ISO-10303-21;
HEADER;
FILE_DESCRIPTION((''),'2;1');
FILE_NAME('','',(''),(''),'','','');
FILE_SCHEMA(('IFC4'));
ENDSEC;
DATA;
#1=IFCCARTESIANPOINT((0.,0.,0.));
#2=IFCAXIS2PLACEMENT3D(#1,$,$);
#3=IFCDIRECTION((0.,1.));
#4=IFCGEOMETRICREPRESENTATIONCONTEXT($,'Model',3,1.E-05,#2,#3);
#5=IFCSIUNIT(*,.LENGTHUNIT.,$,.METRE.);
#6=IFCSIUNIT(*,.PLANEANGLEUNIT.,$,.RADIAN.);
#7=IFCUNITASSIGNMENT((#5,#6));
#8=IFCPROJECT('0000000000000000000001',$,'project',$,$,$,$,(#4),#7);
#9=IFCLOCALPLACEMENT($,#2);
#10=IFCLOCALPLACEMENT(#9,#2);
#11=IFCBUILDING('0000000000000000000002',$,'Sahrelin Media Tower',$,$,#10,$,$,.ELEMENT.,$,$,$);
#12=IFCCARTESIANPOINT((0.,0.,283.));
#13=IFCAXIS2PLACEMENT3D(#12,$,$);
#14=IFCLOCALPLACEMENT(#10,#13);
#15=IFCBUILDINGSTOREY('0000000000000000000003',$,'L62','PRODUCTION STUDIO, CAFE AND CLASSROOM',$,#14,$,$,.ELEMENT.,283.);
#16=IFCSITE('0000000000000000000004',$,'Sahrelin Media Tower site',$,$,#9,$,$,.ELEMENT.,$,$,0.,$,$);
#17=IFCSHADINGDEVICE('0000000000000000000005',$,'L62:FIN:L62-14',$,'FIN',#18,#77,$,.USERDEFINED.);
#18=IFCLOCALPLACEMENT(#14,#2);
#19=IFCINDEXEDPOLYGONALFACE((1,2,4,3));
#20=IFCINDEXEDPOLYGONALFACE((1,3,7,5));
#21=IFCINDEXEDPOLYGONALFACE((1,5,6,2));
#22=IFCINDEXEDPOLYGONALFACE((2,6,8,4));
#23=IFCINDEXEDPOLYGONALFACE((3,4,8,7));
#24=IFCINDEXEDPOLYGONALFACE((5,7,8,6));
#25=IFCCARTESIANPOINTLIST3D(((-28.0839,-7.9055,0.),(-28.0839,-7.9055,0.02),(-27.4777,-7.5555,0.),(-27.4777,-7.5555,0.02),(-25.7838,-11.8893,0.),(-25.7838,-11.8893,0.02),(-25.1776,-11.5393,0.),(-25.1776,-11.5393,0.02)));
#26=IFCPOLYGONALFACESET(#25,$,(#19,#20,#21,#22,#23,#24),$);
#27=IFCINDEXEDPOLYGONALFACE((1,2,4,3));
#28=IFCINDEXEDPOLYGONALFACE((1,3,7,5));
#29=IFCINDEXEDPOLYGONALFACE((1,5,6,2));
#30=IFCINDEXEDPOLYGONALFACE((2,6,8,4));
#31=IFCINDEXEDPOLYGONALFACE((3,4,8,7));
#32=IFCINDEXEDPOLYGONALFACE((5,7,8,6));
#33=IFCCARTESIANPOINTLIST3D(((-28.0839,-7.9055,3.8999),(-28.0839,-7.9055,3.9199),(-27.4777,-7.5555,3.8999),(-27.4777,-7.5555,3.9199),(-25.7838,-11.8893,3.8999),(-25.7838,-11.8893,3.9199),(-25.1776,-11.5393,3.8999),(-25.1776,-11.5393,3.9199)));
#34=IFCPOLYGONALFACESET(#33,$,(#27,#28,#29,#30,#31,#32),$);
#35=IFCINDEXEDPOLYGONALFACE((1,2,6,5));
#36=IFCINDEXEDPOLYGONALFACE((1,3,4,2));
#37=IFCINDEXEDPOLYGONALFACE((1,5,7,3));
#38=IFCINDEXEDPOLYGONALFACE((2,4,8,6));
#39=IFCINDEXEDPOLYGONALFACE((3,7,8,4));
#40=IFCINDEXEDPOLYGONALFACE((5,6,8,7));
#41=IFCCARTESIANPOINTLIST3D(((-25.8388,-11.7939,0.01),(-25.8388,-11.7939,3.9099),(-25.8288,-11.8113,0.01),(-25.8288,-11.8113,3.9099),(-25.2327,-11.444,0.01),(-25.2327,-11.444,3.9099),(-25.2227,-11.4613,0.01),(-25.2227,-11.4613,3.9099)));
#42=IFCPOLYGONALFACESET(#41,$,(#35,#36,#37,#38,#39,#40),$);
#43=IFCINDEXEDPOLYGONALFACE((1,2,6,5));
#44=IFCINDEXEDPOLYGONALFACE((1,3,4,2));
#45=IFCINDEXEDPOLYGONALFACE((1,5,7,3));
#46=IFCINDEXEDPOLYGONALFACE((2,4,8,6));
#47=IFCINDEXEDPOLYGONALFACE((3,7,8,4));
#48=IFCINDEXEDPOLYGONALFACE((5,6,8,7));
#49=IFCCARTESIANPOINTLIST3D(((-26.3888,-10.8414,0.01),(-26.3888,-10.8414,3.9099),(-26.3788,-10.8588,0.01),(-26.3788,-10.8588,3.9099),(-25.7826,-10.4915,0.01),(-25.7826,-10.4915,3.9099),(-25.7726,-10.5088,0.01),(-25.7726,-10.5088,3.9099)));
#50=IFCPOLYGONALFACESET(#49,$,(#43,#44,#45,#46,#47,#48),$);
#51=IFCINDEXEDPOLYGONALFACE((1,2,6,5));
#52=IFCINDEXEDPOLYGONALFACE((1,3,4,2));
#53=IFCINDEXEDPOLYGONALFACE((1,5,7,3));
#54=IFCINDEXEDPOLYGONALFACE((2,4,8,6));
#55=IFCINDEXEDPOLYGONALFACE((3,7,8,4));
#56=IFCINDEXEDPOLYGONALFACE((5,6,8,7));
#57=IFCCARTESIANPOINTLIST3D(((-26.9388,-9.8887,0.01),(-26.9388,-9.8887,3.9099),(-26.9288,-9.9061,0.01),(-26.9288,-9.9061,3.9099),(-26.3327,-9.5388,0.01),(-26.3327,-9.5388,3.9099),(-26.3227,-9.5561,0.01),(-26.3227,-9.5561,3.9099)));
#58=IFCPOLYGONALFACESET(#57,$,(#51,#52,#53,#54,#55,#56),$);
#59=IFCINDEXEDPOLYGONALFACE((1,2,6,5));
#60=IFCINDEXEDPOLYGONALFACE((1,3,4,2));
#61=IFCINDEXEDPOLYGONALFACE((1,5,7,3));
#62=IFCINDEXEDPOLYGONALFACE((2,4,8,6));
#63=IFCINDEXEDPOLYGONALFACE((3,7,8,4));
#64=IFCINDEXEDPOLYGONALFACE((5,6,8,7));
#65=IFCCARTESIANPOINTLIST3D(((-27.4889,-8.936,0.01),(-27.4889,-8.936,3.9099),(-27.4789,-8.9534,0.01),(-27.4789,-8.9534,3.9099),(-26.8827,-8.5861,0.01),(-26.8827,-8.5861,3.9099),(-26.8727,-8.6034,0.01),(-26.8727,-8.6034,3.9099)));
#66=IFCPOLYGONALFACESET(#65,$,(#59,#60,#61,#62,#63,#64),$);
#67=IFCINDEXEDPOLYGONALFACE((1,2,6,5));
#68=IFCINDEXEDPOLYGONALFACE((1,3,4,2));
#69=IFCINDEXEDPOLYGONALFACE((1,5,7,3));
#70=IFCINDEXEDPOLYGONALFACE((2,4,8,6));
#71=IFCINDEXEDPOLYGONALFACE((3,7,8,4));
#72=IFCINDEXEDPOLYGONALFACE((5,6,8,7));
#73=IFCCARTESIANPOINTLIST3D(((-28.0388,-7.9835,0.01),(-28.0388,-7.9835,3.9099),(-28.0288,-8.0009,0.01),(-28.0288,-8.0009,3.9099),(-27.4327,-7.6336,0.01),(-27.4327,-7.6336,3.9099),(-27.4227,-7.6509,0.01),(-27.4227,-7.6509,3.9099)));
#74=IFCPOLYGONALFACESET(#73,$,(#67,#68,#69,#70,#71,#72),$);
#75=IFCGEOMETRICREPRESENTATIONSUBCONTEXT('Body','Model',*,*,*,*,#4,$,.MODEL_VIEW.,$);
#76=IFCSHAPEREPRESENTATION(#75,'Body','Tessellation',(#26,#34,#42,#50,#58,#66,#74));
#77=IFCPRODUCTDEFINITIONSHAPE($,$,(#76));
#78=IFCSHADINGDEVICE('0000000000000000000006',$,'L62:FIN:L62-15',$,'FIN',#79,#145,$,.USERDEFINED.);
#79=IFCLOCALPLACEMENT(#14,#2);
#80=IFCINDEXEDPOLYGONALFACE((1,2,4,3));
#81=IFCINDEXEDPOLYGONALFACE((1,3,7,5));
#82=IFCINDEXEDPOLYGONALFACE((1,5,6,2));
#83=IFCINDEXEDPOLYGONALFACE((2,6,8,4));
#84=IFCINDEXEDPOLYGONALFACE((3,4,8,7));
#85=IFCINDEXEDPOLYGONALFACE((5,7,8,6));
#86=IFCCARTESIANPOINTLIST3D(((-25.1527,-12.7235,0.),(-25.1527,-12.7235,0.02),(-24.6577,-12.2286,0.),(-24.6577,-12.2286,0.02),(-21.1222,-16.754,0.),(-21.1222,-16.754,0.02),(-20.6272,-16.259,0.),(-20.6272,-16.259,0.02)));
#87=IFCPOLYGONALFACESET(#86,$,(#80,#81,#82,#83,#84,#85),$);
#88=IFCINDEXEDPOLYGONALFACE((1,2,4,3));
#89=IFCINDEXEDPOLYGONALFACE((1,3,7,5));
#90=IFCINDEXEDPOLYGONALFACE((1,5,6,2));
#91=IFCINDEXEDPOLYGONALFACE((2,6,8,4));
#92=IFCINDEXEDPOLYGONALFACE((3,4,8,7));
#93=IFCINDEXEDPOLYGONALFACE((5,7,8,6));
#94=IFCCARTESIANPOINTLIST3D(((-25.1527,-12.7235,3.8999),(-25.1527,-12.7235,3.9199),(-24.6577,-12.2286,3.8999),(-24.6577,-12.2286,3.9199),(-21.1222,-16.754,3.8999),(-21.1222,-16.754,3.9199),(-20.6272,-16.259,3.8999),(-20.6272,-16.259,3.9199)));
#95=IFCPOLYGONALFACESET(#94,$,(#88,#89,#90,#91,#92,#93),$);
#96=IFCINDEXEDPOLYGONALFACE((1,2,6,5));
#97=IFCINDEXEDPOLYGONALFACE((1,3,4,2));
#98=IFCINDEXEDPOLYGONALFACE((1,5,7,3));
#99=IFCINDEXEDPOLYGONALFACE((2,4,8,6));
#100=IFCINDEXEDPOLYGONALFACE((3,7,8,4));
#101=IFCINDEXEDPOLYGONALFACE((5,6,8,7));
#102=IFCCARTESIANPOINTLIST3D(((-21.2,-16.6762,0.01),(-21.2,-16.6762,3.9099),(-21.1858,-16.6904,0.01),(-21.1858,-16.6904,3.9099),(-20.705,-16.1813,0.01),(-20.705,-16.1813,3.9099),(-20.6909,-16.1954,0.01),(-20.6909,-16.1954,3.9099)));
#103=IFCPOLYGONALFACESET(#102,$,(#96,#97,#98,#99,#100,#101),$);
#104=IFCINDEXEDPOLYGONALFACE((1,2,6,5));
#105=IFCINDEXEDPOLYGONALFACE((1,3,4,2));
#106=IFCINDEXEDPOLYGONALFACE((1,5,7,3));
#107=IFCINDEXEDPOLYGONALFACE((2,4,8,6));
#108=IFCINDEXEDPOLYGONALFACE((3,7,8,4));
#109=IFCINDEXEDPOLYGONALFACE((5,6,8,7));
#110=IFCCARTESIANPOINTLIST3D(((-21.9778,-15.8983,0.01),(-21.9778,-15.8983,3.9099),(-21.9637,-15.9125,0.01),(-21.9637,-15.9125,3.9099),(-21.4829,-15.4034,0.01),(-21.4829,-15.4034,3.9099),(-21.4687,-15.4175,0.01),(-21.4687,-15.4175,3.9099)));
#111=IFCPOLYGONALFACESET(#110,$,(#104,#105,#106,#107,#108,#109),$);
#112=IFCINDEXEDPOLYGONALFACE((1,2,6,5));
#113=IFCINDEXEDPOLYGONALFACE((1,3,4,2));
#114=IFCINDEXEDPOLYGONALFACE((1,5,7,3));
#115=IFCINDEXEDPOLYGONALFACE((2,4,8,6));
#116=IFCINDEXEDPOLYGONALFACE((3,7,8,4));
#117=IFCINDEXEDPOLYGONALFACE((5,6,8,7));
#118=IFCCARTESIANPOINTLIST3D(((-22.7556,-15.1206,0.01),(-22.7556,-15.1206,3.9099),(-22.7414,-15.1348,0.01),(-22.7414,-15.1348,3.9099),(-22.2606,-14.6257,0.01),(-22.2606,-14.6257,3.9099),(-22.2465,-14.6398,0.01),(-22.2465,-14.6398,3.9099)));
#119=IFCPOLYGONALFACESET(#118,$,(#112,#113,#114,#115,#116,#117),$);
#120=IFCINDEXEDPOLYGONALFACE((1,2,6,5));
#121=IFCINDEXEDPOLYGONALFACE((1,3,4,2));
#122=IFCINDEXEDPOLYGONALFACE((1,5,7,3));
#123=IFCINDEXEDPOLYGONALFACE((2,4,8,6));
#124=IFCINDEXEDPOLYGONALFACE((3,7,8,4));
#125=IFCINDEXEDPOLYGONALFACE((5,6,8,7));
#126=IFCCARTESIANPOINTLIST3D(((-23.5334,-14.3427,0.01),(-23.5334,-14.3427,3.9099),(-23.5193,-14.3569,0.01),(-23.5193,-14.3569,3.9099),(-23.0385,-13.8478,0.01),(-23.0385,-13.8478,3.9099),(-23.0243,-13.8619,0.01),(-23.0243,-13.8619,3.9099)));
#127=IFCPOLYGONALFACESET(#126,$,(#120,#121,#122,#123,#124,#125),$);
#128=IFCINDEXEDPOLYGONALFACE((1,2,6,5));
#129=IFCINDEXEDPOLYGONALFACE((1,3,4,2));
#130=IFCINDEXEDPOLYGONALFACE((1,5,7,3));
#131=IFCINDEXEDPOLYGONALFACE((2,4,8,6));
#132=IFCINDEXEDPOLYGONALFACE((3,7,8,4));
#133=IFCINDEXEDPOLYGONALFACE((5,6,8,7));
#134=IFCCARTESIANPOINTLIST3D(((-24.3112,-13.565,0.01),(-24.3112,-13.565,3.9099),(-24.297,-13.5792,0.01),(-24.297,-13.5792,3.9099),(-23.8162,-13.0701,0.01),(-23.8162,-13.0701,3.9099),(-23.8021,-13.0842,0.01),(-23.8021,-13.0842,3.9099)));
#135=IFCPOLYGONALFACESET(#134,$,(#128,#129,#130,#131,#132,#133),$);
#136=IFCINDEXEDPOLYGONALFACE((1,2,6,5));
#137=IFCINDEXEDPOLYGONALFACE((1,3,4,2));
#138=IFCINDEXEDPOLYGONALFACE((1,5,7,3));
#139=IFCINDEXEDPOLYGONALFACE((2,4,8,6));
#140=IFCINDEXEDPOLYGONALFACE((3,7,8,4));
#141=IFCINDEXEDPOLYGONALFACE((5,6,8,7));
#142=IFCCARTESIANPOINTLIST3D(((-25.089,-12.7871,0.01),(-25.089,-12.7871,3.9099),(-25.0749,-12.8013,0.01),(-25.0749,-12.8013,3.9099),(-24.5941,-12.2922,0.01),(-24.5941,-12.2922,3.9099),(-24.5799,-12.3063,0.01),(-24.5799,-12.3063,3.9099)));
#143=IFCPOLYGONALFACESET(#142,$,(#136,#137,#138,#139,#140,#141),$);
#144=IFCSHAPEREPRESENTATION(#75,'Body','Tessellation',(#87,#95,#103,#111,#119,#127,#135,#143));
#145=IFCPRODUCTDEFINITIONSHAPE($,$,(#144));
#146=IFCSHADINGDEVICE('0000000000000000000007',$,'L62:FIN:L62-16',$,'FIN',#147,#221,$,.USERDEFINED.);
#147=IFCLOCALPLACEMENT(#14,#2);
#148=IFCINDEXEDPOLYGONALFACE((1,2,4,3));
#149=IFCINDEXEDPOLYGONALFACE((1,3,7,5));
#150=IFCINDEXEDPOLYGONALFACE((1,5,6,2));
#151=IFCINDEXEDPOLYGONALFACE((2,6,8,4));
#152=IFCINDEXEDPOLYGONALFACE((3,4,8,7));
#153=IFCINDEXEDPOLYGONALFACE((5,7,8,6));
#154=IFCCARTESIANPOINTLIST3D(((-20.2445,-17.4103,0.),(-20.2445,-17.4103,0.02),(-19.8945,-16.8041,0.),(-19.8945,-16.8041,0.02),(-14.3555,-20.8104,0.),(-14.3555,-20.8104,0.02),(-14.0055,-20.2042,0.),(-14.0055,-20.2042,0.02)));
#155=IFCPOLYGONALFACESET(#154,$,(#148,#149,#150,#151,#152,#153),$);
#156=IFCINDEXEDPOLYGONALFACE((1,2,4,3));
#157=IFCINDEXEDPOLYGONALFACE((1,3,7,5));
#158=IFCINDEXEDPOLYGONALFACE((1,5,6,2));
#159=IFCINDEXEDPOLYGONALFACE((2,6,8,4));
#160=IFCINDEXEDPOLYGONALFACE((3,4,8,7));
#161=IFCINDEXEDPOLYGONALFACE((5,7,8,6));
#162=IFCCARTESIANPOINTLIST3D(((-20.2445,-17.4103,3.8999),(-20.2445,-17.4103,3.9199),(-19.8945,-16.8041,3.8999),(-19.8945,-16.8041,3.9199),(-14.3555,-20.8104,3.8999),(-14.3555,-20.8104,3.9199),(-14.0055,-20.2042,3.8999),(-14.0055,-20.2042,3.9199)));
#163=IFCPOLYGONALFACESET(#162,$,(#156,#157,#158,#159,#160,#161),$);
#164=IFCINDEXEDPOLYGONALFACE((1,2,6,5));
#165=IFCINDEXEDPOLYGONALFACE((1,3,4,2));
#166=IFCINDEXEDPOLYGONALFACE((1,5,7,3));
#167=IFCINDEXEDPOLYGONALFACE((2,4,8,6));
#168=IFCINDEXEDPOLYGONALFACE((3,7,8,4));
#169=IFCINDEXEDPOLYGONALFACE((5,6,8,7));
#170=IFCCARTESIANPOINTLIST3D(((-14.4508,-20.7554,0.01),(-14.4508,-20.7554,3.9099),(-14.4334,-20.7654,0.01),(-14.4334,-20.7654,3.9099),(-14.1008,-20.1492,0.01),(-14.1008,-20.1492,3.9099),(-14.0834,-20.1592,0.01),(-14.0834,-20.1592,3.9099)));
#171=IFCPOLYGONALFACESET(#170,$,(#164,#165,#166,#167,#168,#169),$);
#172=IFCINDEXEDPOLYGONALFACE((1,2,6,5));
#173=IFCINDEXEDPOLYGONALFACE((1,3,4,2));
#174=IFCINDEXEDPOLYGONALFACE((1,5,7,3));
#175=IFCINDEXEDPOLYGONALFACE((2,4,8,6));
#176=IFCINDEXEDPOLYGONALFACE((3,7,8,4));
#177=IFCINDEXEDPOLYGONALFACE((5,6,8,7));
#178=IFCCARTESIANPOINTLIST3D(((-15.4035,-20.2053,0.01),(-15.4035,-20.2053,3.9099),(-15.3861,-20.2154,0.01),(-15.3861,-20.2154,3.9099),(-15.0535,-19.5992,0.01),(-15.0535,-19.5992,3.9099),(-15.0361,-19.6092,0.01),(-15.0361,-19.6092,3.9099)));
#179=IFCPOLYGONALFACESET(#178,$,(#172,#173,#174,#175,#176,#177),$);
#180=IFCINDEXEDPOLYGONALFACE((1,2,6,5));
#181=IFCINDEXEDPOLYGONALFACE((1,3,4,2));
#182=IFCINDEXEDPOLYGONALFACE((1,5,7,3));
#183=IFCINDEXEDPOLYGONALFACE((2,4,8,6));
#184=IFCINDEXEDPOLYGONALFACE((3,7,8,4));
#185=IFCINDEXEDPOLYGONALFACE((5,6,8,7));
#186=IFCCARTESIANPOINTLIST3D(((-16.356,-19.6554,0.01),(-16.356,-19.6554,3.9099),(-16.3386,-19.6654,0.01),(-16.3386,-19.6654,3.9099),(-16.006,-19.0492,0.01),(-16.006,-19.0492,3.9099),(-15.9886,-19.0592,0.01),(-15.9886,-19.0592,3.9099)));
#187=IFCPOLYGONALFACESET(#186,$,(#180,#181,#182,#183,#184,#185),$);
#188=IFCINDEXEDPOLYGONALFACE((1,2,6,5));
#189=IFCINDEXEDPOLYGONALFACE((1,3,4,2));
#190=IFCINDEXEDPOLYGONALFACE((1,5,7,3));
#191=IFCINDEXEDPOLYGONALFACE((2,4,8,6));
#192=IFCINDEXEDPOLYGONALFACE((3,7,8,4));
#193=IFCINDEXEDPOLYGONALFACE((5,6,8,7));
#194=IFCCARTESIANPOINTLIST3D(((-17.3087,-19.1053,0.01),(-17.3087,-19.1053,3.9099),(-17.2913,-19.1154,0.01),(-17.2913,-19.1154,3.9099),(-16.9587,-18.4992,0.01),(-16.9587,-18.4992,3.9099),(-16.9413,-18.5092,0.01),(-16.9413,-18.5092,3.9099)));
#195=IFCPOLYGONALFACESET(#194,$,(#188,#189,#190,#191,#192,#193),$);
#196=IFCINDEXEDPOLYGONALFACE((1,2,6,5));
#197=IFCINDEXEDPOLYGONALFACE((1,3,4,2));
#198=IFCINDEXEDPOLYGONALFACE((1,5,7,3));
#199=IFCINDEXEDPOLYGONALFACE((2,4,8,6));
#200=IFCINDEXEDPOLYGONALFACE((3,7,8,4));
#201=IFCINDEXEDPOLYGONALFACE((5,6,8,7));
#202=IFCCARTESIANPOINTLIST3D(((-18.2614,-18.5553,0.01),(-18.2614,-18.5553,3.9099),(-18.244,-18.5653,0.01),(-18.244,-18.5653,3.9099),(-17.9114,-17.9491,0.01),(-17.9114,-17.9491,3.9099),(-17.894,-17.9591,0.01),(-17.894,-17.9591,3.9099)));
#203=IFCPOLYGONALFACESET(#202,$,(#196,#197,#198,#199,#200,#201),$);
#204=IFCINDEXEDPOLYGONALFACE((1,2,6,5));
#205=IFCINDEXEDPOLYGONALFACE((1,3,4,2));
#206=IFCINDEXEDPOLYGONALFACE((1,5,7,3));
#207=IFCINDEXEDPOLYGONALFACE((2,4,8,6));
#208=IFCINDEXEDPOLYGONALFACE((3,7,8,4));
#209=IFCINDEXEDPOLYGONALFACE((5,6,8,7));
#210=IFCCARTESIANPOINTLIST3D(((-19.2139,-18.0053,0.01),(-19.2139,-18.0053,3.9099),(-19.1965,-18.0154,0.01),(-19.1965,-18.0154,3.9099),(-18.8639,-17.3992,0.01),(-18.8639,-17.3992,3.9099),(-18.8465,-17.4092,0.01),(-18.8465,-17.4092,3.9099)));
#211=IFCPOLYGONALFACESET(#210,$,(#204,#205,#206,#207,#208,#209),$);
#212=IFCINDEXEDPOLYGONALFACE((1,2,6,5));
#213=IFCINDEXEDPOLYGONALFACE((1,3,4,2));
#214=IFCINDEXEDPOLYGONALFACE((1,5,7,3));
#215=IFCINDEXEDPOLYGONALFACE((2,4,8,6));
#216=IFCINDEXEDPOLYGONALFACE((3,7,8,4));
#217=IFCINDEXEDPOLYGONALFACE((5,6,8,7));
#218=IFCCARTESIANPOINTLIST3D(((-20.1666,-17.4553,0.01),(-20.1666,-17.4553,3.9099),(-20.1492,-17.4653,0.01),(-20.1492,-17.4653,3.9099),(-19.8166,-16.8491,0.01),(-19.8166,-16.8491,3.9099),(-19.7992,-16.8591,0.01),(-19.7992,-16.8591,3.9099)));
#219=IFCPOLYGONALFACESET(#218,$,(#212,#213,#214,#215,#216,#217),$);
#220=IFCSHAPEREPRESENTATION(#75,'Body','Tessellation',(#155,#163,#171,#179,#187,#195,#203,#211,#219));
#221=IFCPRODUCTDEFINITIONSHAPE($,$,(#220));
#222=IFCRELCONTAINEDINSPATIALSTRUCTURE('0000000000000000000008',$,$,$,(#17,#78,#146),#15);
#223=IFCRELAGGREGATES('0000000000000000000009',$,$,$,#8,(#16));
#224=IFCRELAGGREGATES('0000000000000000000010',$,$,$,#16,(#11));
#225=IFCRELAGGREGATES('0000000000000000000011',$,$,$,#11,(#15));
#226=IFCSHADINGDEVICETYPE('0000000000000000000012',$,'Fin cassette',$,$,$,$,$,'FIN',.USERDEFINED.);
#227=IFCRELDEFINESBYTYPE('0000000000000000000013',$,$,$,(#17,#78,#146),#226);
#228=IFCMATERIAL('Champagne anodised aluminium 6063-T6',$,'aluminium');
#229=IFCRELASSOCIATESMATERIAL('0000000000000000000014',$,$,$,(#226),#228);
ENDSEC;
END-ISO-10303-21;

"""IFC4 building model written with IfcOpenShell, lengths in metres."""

from ifc_helpers import new_model, si_unit, direction, frame, origin, origin_2d, place, context, subcontext, project, spatial, rectangle, extrude, material, type_object, element, save


model = new_model("IFC4")

# Units and contexts
model_context = context("Model", 3, precision=1e-05, world=origin(), true_north=direction((0.0, 1.0)))
body_context = subcontext(model_context, "Body", "Model", "MODEL_VIEW")
ifc_project = project(units=[si_unit("LENGTHUNIT", "METRE"), si_unit("PLANEANGLEUNIT", "RADIAN")], contexts=[model_context])

# Site, building, storey
site_placement = place(None, origin())
site = spatial("IfcSite", under=ifc_project, at=site_placement, Name="Sahrelin Media Tower site", CompositionType="ELEMENT", RefElevation=0.0)
building_placement = place(site_placement, origin())
building = spatial("IfcBuilding", under=site, at=building_placement, Name="Sahrelin Media Tower", CompositionType="ELEMENT")
storey_placement = place(building_placement, frame((0.0, 0.0, 283.0)))
storey = spatial("IfcBuildingStorey", under=building, at=storey_placement, Name="L62", Description="PRODUCTION STUDIO, CAFE AND CLASSROOM", CompositionType="ELEMENT", Elevation=283.0)

# Shared definitions
ifc_material_1 = material(Name="Champagne anodised aluminium 6063-T6", Category="aluminium")

# Shading devices
shading_device_type_1 = type_object("IfcShadingDeviceType", Name="Fin cassette", ElementType="FIN", PredefinedType="USERDEFINED", material=ifc_material_1)
placement_1 = place(storey_placement, frame((-26.2671, -9.5125, 0.0), z_axis=(0.0, 0.0, 1.0), x_axis=(-0.500011, 0.866019, 0.0)))
element("IfcShadingDevice", 1, at=placement_1, inside=storey, type_object=shading_device_type_1, Name="L62:FIN:L62-14", ObjectType="FIN", PredefinedType="USERDEFINED", context=body_context, shape_type="SweptSolid", body=[
    extrude(rectangle(XDim=4.6001, YDim=0.7, at=origin_2d()), frame((0.0, 0.4199, 0.0)), (0.0, 0.0, 1.0), 0.02),
    extrude(rectangle(XDim=4.6001, YDim=0.7, at=origin_2d()), frame((0.0, 0.4199, 3.8999)), (0.0, 0.0, 1.0), 0.02),
    extrude(rectangle(XDim=0.02, YDim=0.7, at=origin_2d()), frame((-2.2, 0.4199, 0.01), z_axis=(0.0, 0.0, 1.0), x_axis=(1.0, 0.0, 0.0)), (0.0, 0.0, 1.0), 3.8999),
    extrude(rectangle(XDim=0.02, YDim=0.7, at=origin_2d()), frame((-1.1001, 0.4199, 0.01), z_axis=(0.0, 0.0, 1.0), x_axis=(1.0, 0.0, 0.0)), (0.0, 0.0, 1.0), 3.8999),
    extrude(rectangle(XDim=0.02, YDim=0.7, at=origin_2d()), frame((0.0, 0.4199, 0.01), z_axis=(0.0, 0.0, 1.0), x_axis=(1.0, 0.0, 0.0)), (0.0, 0.0, 1.0), 3.8999),
    extrude(rectangle(XDim=0.02, YDim=0.7, at=origin_2d()), frame((1.1001, 0.4199, 0.01), z_axis=(0.0, 0.0, 1.0), x_axis=(1.0, 0.0, 0.0)), (0.0, 0.0, 1.0), 3.8999),
    extrude(rectangle(XDim=0.02, YDim=0.7, at=origin_2d()), frame((2.2, 0.4199, 0.01), z_axis=(0.0, 0.0, 1.0), x_axis=(1.0, 0.0, 0.0)), (0.0, 0.0, 1.0), 3.8999),
])
placement_2 = place(storey_placement, frame((-22.593, -14.1943, 0.0), z_axis=(0.0, 0.0, 1.0), x_axis=(-0.707107, 0.707107, 0.0)))
element("IfcShadingDevice", 2, at=placement_2, inside=storey, type_object=shading_device_type_1, Name="L62:FIN:L62-15", ObjectType="FIN", PredefinedType="USERDEFINED", context=body_context, shape_type="SweptSolid", body=[
    extrude(rectangle(XDim=5.7, YDim=0.7, at=origin_2d()), frame((0.0, 0.4199, 0.0)), (0.0, 0.0, 1.0), 0.02),
    extrude(rectangle(XDim=5.7, YDim=0.7, at=origin_2d()), frame((0.0, 0.4199, 3.8999)), (0.0, 0.0, 1.0), 0.02),
    extrude(rectangle(XDim=0.02, YDim=0.7, at=origin_2d()), frame((-2.75, 0.4199, 0.01), z_axis=(0.0, 0.0, 1.0), x_axis=(1.0, 0.0, 0.0)), (0.0, 0.0, 1.0), 3.8999),
    extrude(rectangle(XDim=0.02, YDim=0.7, at=origin_2d()), frame((-1.6499, 0.4199, 0.01), z_axis=(0.0, 0.0, 1.0), x_axis=(1.0, 0.0, 0.0)), (0.0, 0.0, 1.0), 3.8999),
    extrude(rectangle(XDim=0.02, YDim=0.7, at=origin_2d()), frame((-0.55, 0.4199, 0.01), z_axis=(0.0, 0.0, 1.0), x_axis=(1.0, 0.0, 0.0)), (0.0, 0.0, 1.0), 3.8999),
    extrude(rectangle(XDim=0.02, YDim=0.7, at=origin_2d()), frame((0.55, 0.4199, 0.01), z_axis=(0.0, 0.0, 1.0), x_axis=(1.0, 0.0, 0.0)), (0.0, 0.0, 1.0), 3.8999),
    extrude(rectangle(XDim=0.02, YDim=0.7, at=origin_2d()), frame((1.6499, 0.4199, 0.01), z_axis=(0.0, 0.0, 1.0), x_axis=(1.0, 0.0, 0.0)), (0.0, 0.0, 1.0), 3.8999),
    extrude(rectangle(XDim=0.02, YDim=0.7, at=origin_2d()), frame((2.75, 0.4199, 0.01), z_axis=(0.0, 0.0, 1.0), x_axis=(1.0, 0.0, 0.0)), (0.0, 0.0, 1.0), 3.8999),
])
placement_3 = place(storey_placement, frame((-16.915, -18.4436, 0.0), z_axis=(0.0, 0.0, 1.0), x_axis=(-0.866019, 0.500011, 0.0)))
element("IfcShadingDevice", 3, at=placement_3, inside=storey, type_object=shading_device_type_1, Name="L62:FIN:L62-16", ObjectType="FIN", PredefinedType="USERDEFINED", context=body_context, shape_type="SweptSolid", body=[
    extrude(rectangle(XDim=6.8, YDim=0.7, at=origin_2d()), frame((0.0, 0.4199, 0.0)), (0.0, 0.0, 1.0), 0.02),
    extrude(rectangle(XDim=6.8, YDim=0.7, at=origin_2d()), frame((0.0, 0.4199, 3.8999)), (0.0, 0.0, 1.0), 0.02),
    extrude(rectangle(XDim=0.02, YDim=0.7, at=origin_2d()), frame((-3.3, 0.4199, 0.01), z_axis=(0.0, 0.0, 1.0), x_axis=(1.0, 0.0, 0.0)), (0.0, 0.0, 1.0), 3.8999),
    extrude(rectangle(XDim=0.02, YDim=0.7, at=origin_2d()), frame((-2.2, 0.4199, 0.01), z_axis=(0.0, 0.0, 1.0), x_axis=(1.0, 0.0, 0.0)), (0.0, 0.0, 1.0), 3.8999),
    extrude(rectangle(XDim=0.02, YDim=0.7, at=origin_2d()), frame((-1.1001, 0.4199, 0.01), z_axis=(0.0, 0.0, 1.0), x_axis=(1.0, 0.0, 0.0)), (0.0, 0.0, 1.0), 3.8999),
    extrude(rectangle(XDim=0.02, YDim=0.7, at=origin_2d()), frame((0.0, 0.4199, 0.01), z_axis=(0.0, 0.0, 1.0), x_axis=(1.0, 0.0, 0.0)), (0.0, 0.0, 1.0), 3.8999),
    extrude(rectangle(XDim=0.02, YDim=0.7, at=origin_2d()), frame((1.1001, 0.4199, 0.01), z_axis=(0.0, 0.0, 1.0), x_axis=(1.0, 0.0, 0.0)), (0.0, 0.0, 1.0), 3.8999),
    extrude(rectangle(XDim=0.02, YDim=0.7, at=origin_2d()), frame((2.2, 0.4199, 0.01), z_axis=(0.0, 0.0, 1.0), x_axis=(1.0, 0.0, 0.0)), (0.0, 0.0, 1.0), 3.8999),
    extrude(rectangle(XDim=0.02, YDim=0.7, at=origin_2d()), frame((3.3, 0.4199, 0.01), z_axis=(0.0, 0.0, 1.0), x_axis=(1.0, 0.0, 0.0)), (0.0, 0.0, 1.0), 3.8999),
])

save(model, "model.ifc")
